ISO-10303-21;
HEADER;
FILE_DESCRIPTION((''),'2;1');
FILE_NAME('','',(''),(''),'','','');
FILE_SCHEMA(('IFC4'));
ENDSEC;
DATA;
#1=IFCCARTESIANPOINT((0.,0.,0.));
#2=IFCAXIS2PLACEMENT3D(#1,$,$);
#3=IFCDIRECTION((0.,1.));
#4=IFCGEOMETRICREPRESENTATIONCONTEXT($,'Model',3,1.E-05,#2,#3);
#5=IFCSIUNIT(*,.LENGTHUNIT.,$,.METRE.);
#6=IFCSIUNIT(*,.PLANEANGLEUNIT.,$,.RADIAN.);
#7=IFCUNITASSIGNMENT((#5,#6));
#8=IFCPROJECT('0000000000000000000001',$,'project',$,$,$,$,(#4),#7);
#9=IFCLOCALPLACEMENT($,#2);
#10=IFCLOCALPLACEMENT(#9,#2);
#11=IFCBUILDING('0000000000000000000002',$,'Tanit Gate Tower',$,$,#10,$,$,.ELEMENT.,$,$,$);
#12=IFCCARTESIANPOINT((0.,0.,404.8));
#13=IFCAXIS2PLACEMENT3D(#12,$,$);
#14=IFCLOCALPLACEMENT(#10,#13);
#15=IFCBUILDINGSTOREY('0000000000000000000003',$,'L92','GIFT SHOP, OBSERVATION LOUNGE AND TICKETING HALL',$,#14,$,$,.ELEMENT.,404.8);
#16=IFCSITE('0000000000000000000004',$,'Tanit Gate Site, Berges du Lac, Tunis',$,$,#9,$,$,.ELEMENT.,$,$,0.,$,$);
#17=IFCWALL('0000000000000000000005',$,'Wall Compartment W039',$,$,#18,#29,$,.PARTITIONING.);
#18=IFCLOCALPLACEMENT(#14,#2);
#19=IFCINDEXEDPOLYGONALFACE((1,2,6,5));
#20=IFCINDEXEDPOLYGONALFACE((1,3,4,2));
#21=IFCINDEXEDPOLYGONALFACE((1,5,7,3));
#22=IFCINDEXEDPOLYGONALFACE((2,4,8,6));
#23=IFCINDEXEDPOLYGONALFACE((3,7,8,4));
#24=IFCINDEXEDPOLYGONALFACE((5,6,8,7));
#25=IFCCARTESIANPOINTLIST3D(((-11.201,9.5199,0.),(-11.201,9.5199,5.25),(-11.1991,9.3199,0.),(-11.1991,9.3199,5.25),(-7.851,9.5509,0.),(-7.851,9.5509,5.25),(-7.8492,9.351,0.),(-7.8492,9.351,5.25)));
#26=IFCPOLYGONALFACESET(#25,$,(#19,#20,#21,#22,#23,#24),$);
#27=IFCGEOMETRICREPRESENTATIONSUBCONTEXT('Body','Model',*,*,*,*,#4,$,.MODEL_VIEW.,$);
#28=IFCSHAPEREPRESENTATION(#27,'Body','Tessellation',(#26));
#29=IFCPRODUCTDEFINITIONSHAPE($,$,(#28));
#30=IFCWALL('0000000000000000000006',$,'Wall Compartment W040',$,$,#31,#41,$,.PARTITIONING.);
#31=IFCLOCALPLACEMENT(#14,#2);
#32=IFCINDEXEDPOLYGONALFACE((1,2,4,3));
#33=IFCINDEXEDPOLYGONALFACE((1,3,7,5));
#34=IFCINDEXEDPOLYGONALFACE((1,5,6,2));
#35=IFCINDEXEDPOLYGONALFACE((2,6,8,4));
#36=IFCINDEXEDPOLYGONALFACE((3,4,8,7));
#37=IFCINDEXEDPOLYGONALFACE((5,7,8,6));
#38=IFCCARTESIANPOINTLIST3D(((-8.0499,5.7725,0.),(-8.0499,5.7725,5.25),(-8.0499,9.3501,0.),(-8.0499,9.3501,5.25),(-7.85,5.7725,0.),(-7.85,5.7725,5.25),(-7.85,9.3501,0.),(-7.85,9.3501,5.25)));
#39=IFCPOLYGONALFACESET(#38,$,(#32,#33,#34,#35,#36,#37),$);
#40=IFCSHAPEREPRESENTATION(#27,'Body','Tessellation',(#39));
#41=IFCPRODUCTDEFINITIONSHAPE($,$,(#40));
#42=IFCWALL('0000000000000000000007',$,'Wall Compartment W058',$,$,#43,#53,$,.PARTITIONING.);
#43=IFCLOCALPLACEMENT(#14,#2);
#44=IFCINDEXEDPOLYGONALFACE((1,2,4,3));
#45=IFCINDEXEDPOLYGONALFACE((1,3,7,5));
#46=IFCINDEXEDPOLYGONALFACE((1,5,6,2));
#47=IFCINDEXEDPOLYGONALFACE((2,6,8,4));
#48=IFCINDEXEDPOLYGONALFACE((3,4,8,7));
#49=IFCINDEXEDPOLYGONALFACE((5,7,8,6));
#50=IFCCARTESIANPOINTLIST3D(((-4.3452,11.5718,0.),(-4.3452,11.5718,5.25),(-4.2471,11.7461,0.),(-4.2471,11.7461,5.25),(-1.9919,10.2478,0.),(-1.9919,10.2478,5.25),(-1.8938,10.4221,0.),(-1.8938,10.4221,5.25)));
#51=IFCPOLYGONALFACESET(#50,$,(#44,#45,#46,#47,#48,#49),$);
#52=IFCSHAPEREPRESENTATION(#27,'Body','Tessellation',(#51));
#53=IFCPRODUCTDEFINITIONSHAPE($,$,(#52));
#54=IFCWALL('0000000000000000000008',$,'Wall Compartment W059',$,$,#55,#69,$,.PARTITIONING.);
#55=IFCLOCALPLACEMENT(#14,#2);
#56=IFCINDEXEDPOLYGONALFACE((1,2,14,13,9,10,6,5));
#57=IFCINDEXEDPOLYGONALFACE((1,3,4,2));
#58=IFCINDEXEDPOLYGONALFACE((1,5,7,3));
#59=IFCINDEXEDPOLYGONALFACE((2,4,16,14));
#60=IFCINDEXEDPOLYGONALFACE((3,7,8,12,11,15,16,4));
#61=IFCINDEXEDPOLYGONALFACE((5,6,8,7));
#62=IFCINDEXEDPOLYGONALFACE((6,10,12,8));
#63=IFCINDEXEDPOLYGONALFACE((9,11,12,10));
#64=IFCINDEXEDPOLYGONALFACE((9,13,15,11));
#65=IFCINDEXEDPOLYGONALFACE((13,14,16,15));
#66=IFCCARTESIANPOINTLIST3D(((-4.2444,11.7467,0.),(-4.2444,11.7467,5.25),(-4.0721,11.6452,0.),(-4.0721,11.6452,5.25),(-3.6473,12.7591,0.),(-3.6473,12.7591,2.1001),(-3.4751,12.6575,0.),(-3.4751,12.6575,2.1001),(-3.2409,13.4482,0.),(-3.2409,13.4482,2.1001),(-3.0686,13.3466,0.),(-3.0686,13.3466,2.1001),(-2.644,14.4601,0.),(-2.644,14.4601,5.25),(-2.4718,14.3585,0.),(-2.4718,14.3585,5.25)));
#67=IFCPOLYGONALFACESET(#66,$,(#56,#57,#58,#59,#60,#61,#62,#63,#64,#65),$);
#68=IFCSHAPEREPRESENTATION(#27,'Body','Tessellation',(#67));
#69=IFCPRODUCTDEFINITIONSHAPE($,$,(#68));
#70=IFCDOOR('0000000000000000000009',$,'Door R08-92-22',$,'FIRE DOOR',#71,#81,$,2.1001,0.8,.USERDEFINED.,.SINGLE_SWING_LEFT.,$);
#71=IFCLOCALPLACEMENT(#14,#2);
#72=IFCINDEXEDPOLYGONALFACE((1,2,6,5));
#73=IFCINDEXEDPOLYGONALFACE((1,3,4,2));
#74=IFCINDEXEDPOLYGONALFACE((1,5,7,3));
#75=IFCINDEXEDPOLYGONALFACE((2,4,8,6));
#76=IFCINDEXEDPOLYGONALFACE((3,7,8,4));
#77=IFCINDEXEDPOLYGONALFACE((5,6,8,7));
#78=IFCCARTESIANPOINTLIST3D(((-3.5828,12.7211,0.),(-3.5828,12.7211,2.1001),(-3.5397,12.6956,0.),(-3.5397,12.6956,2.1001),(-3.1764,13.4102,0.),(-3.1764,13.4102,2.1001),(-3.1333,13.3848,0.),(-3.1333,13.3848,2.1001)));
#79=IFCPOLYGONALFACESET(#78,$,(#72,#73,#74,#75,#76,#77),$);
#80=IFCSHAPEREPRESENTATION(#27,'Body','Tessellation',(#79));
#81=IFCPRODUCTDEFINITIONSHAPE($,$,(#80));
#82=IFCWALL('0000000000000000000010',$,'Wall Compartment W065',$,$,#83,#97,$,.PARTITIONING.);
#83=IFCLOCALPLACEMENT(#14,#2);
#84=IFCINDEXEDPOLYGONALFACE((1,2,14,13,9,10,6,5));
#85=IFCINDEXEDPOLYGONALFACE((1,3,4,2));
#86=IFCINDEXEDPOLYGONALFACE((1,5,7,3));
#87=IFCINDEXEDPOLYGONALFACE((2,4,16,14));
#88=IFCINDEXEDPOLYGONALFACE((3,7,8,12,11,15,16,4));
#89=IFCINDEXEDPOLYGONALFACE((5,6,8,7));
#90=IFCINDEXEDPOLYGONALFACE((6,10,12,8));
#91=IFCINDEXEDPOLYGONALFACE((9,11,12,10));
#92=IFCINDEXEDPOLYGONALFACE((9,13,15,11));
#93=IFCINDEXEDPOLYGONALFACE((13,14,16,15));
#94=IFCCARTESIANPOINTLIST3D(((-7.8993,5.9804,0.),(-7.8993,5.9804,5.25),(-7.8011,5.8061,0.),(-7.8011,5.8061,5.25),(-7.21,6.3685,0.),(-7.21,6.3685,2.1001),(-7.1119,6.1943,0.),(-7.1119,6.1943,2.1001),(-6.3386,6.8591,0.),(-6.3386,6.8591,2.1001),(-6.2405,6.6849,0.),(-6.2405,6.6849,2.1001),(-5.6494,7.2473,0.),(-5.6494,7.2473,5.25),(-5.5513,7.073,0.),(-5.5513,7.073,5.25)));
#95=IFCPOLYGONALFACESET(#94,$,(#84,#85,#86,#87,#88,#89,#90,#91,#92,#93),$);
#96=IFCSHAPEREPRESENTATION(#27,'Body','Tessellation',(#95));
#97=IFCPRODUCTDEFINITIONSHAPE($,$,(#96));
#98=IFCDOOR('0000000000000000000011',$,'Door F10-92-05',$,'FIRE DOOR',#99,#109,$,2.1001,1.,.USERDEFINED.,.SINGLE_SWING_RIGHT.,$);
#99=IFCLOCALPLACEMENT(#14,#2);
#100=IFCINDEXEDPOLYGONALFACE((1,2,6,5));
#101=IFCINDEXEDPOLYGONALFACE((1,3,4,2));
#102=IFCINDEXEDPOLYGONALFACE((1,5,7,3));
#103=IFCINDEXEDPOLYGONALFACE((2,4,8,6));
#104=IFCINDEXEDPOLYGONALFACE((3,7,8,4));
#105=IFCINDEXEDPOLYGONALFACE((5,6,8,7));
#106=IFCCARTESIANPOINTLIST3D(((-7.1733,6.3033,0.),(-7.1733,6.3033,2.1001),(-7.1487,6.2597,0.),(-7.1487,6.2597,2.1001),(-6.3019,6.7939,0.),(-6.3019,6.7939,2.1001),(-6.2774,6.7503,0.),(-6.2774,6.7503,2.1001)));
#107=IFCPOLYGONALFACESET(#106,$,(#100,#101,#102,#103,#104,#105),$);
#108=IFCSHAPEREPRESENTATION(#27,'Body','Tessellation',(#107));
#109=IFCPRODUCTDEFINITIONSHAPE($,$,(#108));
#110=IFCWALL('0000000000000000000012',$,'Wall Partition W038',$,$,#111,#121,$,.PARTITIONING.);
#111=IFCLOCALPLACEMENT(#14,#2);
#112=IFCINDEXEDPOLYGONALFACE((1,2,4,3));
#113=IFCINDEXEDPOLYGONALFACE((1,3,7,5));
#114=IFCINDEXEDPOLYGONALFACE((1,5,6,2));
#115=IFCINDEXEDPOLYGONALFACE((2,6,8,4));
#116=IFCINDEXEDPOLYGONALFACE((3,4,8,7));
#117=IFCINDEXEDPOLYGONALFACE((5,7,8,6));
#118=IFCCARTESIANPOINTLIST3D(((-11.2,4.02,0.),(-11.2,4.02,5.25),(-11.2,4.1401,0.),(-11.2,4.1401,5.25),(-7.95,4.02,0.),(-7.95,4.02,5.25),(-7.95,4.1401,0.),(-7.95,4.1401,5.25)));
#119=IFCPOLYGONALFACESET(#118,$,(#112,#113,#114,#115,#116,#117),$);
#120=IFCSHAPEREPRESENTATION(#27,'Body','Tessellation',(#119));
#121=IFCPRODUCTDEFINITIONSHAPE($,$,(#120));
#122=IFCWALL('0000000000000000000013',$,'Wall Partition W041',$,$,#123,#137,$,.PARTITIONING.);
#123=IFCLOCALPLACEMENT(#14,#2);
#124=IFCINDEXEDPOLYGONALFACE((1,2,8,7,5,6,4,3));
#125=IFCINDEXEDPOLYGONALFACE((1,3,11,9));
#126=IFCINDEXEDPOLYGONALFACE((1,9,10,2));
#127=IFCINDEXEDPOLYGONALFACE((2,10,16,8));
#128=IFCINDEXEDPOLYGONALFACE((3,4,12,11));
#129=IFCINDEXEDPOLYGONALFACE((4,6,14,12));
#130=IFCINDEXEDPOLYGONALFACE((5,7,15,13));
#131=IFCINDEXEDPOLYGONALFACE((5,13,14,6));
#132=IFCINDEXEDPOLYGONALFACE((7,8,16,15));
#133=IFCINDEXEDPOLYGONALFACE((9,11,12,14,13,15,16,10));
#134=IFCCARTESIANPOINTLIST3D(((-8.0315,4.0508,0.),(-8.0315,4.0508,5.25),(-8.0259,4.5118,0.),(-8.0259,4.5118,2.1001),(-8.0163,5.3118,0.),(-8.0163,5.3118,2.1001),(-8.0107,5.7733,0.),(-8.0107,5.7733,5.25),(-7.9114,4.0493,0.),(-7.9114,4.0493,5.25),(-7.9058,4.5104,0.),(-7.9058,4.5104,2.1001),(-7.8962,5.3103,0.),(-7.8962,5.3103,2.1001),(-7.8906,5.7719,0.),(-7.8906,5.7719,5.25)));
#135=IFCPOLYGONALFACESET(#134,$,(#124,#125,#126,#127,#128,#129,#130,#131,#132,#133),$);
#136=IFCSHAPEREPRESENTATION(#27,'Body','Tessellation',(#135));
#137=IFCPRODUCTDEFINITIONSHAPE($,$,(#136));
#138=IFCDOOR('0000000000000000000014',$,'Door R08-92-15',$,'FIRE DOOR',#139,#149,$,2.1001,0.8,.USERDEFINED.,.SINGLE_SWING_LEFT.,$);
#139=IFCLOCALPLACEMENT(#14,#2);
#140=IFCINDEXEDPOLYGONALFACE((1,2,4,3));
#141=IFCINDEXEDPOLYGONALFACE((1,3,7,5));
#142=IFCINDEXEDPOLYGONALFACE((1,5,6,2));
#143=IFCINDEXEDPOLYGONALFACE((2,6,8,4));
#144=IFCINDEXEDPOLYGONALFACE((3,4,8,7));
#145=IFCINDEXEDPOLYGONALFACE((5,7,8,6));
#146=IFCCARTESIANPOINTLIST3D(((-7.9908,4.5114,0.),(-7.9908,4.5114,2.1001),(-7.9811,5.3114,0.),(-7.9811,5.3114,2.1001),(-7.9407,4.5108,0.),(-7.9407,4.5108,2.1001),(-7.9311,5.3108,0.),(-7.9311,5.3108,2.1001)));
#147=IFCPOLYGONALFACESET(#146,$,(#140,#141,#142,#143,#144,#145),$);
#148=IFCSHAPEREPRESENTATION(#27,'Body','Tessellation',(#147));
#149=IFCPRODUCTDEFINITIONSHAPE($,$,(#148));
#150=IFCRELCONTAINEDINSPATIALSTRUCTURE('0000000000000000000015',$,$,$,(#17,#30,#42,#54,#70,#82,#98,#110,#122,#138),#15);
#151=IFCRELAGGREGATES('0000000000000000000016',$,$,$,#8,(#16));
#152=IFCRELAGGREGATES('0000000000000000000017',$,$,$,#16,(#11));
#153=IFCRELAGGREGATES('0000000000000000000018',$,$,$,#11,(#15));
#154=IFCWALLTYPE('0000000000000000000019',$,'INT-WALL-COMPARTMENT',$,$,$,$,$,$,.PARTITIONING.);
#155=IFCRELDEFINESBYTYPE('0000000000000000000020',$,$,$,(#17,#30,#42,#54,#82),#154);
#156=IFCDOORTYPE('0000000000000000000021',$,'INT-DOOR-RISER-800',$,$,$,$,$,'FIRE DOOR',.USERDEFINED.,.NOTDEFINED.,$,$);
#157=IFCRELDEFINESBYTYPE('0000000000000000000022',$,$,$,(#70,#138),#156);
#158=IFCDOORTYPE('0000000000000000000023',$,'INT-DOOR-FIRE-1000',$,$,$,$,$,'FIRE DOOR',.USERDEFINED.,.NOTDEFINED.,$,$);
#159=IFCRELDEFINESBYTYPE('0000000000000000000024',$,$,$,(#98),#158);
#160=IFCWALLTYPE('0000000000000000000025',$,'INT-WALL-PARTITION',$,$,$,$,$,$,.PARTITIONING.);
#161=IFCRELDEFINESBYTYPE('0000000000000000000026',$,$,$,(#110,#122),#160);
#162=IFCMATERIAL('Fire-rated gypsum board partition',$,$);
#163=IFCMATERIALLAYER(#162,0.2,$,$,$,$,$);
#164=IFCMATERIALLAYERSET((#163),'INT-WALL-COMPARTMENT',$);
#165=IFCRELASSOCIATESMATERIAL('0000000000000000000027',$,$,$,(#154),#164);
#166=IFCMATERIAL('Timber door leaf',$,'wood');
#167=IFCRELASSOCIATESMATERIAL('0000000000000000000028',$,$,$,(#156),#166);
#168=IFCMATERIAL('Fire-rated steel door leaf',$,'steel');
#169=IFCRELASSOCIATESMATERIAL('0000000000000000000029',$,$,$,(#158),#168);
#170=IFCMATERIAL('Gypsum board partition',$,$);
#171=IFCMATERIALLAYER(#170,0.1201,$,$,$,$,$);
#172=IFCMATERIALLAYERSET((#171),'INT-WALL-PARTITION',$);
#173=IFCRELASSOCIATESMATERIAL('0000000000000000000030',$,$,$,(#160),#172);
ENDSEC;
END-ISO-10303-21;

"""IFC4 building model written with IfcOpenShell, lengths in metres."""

from ifc_helpers import new_model, si_unit, direction, frame, frame_2d, origin, place, context, subcontext, project, spatial, rectangle, extrude, material, layer, layer_set, type_object, element, fill, save


model = new_model("IFC4")

# Units and contexts
model_context = context("Model", 3, precision=1e-05, world=origin(), true_north=direction((0.0, 1.0)))
body_context = subcontext(model_context, "Body", "Model", "MODEL_VIEW")
ifc_project = project(units=[si_unit("LENGTHUNIT", "METRE"), si_unit("PLANEANGLEUNIT", "RADIAN")], contexts=[model_context])

# Site, building, storey
site_placement = place(None, origin())
site = spatial("IfcSite", under=ifc_project, at=site_placement, Name="Tanit Gate Site, Berges du Lac, Tunis", CompositionType="ELEMENT", RefElevation=0.0)
building_placement = place(site_placement, origin())
building = spatial("IfcBuilding", under=site, at=building_placement, Name="Tanit Gate Tower", CompositionType="ELEMENT")
storey_placement = place(building_placement, frame((0.0, 0.0, 404.8)))
storey = spatial("IfcBuildingStorey", under=building, at=storey_placement, Name="L92", Description="GIFT SHOP, OBSERVATION LOUNGE AND TICKETING HALL", CompositionType="ELEMENT", Elevation=404.8)

# Walls
ifc_material_1 = material(Name="Fire-rated gypsum board partition")
ifc_layer_1 = layer(ifc_material_1, 0.2)
ifc_layer_set_1 = layer_set([ifc_layer_1], Name="INT-WALL-COMPARTMENT")
wall_type_1 = type_object("IfcWallType", Name="INT-WALL-COMPARTMENT", PredefinedType="PARTITIONING", material=ifc_layer_set_1)
wall_1_placement = place(storey_placement, frame((-7.8501, 9.4509, 0.0), z_axis=(0.0, 0.0, 1.0), x_axis=(-0.999957, -0.009255, 0.0)))
element("IfcWall", 1, at=wall_1_placement, inside=storey, type_object=wall_type_1, Name="Wall Compartment W039", PredefinedType="PARTITIONING", context=body_context, shape_type="SweptSolid", body=[
    extrude(rectangle(XDim=3.3501, YDim=0.2, at=frame_2d((1.675, 0.0))), origin(), (0.0, 0.0, 1.0), 5.25),
])
wall_2_placement = place(storey_placement, frame((-7.95, 5.7725, 0.0), z_axis=(0.0, 0.0, 1.0), x_axis=(0.0, 1.0, 0.0)))
element("IfcWall", 2, at=wall_2_placement, inside=storey, type_object=wall_type_1, Name="Wall Compartment W040", PredefinedType="PARTITIONING", context=body_context, shape_type="SweptSolid", body=[
    extrude(rectangle(XDim=3.5776, YDim=0.2, at=frame_2d((1.7888, 0.0))), origin(), (0.0, 0.0, 1.0), 5.25),
])
wall_3_placement = place(storey_placement, frame((-4.2961, 11.6589, 0.0), z_axis=(0.0, 0.0, 1.0), x_axis=(0.871534, -0.490334, 0.0)))
element("IfcWall", 3, at=wall_3_placement, inside=storey, type_object=wall_type_1, Name="Wall Compartment W058", PredefinedType="PARTITIONING", context=body_context, shape_type="SweptSolid", body=[
    extrude(rectangle(XDim=2.7002, YDim=0.2, at=frame_2d((1.3501, 0.0))), origin(), (0.0, 0.0, 1.0), 5.25),
])

# Walls, openings, doors
wall_4_placement = place(storey_placement, frame((-2.5579, 14.4094, 0.0), z_axis=(0.0, 0.0, 1.0), x_axis=(-0.508019, -0.861346, 0.0)))
wall_4 = element("IfcWall", 4, at=wall_4_placement, inside=storey, type_object=wall_type_1, Name="Wall Compartment W059", PredefinedType="PARTITIONING", context=body_context, shape_type="SweptSolid", body=[
    extrude(rectangle(XDim=3.1501, YDim=0.2, at=frame_2d((1.5752, 0.0))), origin(), (0.0, 0.0, 1.0), 5.25),
])
opening_1_placement = place(wall_4_placement, frame((1.175, 0.0, 0.0)))
opening_1 = element("IfcOpeningElement", 5, at=opening_1_placement, cuts=wall_4, PredefinedType="OPENING", context=body_context, shape_type="SweptSolid", body=[
    extrude(rectangle(XDim=0.8, YDim=2.1001, at=frame_2d((0.3999, 1.05))), frame((0.0, 0.1099, 0.0), z_axis=(0.0, -1.0, 0.0), x_axis=(1.0, 0.0, 0.0)), (0.0, 0.0, 1.0), 0.22),
])
ifc_material_2 = material(Name="Timber door leaf", Category="wood")
door_type_1 = type_object("IfcDoorType", Name="INT-DOOR-RISER-800", ElementType="FIRE DOOR", OperationType="NOTDEFINED", PredefinedType="USERDEFINED", material=ifc_material_2)
door_1_placement = place(opening_1_placement, origin())
door_1 = element("IfcDoor", 6, at=door_1_placement, inside=storey, type_object=door_type_1, Name="Door R08-92-22", ObjectType="FIRE DOOR", OperationType="SINGLE_SWING_LEFT", OverallHeight=2.1001, OverallWidth=0.8, PredefinedType="USERDEFINED", context=body_context, shape_type="SweptSolid", body=[
    extrude(rectangle(XDim=0.8, YDim=2.1001, at=frame_2d((0.3999, 1.05))), frame((0.0, 0.0249, 0.0), z_axis=(0.0, -1.0, 0.0), x_axis=(1.0, 0.0, 0.0)), (0.0, 0.0, 1.0), 0.05),
])
fill(opening_1, door_1)
wall_5_placement = place(storey_placement, frame((-5.6003, 7.1602, 0.0), z_axis=(0.0, 0.0, 1.0), x_axis=(-0.871351, -0.490661, 0.0)))
wall_5 = element("IfcWall", 7, at=wall_5_placement, inside=storey, type_object=wall_type_1, Name="Wall Compartment W065", PredefinedType="PARTITIONING", context=body_context, shape_type="SweptSolid", body=[
    extrude(rectangle(XDim=2.582, YDim=0.2, at=frame_2d((1.291, 0.0))), origin(), (0.0, 0.0, 1.0), 5.25),
])
opening_2_placement = place(wall_5_placement, frame((0.791, 0.0, 0.0)))
opening_2 = element("IfcOpeningElement", 8, at=opening_2_placement, cuts=wall_5, PredefinedType="OPENING", context=body_context, shape_type="SweptSolid", body=[
    extrude(rectangle(XDim=1.0, YDim=2.1001, at=frame_2d((0.5, 1.05))), frame((0.0, 0.1099, 0.0), z_axis=(0.0, -1.0, 0.0), x_axis=(1.0, 0.0, 0.0)), (0.0, 0.0, 1.0), 0.22),
])
ifc_material_3 = material(Name="Fire-rated steel door leaf", Category="steel")
door_type_2 = type_object("IfcDoorType", Name="INT-DOOR-FIRE-1000", ElementType="FIRE DOOR", OperationType="NOTDEFINED", PredefinedType="USERDEFINED", material=ifc_material_3)
door_2_placement = place(opening_2_placement, origin())
door_2 = element("IfcDoor", 9, at=door_2_placement, inside=storey, type_object=door_type_2, Name="Door F10-92-05", ObjectType="FIRE DOOR", OperationType="SINGLE_SWING_RIGHT", OverallHeight=2.1001, OverallWidth=1.0, PredefinedType="USERDEFINED", context=body_context, shape_type="SweptSolid", body=[
    extrude(rectangle(XDim=1.0, YDim=2.1001, at=frame_2d((0.5, 1.05))), frame((0.0, 0.0249, 0.0), z_axis=(0.0, -1.0, 0.0), x_axis=(1.0, 0.0, 0.0)), (0.0, 0.0, 1.0), 0.05),
])
fill(opening_2, door_2)

# Wall
ifc_material_4 = material(Name="Gypsum board partition")
ifc_layer_2 = layer(ifc_material_4, 0.1201)
ifc_layer_set_2 = layer_set([ifc_layer_2], Name="INT-WALL-PARTITION")
wall_type_2 = type_object("IfcWallType", Name="INT-WALL-PARTITION", PredefinedType="PARTITIONING", material=ifc_layer_set_2)
wall_6_placement = place(storey_placement, frame((-7.95, 4.0801, 0.0), z_axis=(0.0, 0.0, 1.0), x_axis=(-1.0, 0.0, 0.0)))
element("IfcWall", 10, at=wall_6_placement, inside=storey, type_object=wall_type_2, Name="Wall Partition W038", PredefinedType="PARTITIONING", context=body_context, shape_type="SweptSolid", body=[
    extrude(rectangle(XDim=3.25, YDim=0.1201, at=frame_2d((1.625, 0.0))), origin(), (0.0, 0.0, 1.0), 5.25),
])

# Wall, opening, door
wall_7_placement = place(storey_placement, frame((-7.9714, 4.05, 0.0), z_axis=(0.0, 0.0, 1.0), x_axis=(0.012047, 0.999927, 0.0)))
wall_7 = element("IfcWall", 11, at=wall_7_placement, inside=storey, type_object=wall_type_2, Name="Wall Partition W041", PredefinedType="PARTITIONING", context=body_context, shape_type="SweptSolid", body=[
    extrude(rectangle(XDim=1.7227, YDim=0.1201, at=frame_2d((0.8613, 0.0))), origin(), (0.0, 0.0, 1.0), 5.25),
])
opening_3_placement = place(wall_7_placement, frame((0.4612, 0.0, 0.0)))
opening_3 = element("IfcOpeningElement", 12, at=opening_3_placement, cuts=wall_7, PredefinedType="OPENING", context=body_context, shape_type="SweptSolid", body=[
    extrude(rectangle(XDim=0.8, YDim=2.1001, at=frame_2d((0.3999, 1.05))), frame((0.0, 0.0701, 0.0), z_axis=(0.0, -1.0, 0.0), x_axis=(1.0, 0.0, 0.0)), (0.0, 0.0, 1.0), 0.1401),
])
door_3_placement = place(opening_3_placement, origin())
door_3 = element("IfcDoor", 13, at=door_3_placement, inside=storey, type_object=door_type_1, Name="Door R08-92-15", ObjectType="FIRE DOOR", OperationType="SINGLE_SWING_LEFT", OverallHeight=2.1001, OverallWidth=0.8, PredefinedType="USERDEFINED", context=body_context, shape_type="SweptSolid", body=[
    extrude(rectangle(XDim=0.8, YDim=2.1001, at=frame_2d((0.3999, 1.05))), frame((0.0, 0.0249, 0.0), z_axis=(0.0, -1.0, 0.0), x_axis=(1.0, 0.0, 0.0)), (0.0, 0.0, 1.0), 0.05),
])
fill(opening_3, door_3)

save(model, "model.ifc")
